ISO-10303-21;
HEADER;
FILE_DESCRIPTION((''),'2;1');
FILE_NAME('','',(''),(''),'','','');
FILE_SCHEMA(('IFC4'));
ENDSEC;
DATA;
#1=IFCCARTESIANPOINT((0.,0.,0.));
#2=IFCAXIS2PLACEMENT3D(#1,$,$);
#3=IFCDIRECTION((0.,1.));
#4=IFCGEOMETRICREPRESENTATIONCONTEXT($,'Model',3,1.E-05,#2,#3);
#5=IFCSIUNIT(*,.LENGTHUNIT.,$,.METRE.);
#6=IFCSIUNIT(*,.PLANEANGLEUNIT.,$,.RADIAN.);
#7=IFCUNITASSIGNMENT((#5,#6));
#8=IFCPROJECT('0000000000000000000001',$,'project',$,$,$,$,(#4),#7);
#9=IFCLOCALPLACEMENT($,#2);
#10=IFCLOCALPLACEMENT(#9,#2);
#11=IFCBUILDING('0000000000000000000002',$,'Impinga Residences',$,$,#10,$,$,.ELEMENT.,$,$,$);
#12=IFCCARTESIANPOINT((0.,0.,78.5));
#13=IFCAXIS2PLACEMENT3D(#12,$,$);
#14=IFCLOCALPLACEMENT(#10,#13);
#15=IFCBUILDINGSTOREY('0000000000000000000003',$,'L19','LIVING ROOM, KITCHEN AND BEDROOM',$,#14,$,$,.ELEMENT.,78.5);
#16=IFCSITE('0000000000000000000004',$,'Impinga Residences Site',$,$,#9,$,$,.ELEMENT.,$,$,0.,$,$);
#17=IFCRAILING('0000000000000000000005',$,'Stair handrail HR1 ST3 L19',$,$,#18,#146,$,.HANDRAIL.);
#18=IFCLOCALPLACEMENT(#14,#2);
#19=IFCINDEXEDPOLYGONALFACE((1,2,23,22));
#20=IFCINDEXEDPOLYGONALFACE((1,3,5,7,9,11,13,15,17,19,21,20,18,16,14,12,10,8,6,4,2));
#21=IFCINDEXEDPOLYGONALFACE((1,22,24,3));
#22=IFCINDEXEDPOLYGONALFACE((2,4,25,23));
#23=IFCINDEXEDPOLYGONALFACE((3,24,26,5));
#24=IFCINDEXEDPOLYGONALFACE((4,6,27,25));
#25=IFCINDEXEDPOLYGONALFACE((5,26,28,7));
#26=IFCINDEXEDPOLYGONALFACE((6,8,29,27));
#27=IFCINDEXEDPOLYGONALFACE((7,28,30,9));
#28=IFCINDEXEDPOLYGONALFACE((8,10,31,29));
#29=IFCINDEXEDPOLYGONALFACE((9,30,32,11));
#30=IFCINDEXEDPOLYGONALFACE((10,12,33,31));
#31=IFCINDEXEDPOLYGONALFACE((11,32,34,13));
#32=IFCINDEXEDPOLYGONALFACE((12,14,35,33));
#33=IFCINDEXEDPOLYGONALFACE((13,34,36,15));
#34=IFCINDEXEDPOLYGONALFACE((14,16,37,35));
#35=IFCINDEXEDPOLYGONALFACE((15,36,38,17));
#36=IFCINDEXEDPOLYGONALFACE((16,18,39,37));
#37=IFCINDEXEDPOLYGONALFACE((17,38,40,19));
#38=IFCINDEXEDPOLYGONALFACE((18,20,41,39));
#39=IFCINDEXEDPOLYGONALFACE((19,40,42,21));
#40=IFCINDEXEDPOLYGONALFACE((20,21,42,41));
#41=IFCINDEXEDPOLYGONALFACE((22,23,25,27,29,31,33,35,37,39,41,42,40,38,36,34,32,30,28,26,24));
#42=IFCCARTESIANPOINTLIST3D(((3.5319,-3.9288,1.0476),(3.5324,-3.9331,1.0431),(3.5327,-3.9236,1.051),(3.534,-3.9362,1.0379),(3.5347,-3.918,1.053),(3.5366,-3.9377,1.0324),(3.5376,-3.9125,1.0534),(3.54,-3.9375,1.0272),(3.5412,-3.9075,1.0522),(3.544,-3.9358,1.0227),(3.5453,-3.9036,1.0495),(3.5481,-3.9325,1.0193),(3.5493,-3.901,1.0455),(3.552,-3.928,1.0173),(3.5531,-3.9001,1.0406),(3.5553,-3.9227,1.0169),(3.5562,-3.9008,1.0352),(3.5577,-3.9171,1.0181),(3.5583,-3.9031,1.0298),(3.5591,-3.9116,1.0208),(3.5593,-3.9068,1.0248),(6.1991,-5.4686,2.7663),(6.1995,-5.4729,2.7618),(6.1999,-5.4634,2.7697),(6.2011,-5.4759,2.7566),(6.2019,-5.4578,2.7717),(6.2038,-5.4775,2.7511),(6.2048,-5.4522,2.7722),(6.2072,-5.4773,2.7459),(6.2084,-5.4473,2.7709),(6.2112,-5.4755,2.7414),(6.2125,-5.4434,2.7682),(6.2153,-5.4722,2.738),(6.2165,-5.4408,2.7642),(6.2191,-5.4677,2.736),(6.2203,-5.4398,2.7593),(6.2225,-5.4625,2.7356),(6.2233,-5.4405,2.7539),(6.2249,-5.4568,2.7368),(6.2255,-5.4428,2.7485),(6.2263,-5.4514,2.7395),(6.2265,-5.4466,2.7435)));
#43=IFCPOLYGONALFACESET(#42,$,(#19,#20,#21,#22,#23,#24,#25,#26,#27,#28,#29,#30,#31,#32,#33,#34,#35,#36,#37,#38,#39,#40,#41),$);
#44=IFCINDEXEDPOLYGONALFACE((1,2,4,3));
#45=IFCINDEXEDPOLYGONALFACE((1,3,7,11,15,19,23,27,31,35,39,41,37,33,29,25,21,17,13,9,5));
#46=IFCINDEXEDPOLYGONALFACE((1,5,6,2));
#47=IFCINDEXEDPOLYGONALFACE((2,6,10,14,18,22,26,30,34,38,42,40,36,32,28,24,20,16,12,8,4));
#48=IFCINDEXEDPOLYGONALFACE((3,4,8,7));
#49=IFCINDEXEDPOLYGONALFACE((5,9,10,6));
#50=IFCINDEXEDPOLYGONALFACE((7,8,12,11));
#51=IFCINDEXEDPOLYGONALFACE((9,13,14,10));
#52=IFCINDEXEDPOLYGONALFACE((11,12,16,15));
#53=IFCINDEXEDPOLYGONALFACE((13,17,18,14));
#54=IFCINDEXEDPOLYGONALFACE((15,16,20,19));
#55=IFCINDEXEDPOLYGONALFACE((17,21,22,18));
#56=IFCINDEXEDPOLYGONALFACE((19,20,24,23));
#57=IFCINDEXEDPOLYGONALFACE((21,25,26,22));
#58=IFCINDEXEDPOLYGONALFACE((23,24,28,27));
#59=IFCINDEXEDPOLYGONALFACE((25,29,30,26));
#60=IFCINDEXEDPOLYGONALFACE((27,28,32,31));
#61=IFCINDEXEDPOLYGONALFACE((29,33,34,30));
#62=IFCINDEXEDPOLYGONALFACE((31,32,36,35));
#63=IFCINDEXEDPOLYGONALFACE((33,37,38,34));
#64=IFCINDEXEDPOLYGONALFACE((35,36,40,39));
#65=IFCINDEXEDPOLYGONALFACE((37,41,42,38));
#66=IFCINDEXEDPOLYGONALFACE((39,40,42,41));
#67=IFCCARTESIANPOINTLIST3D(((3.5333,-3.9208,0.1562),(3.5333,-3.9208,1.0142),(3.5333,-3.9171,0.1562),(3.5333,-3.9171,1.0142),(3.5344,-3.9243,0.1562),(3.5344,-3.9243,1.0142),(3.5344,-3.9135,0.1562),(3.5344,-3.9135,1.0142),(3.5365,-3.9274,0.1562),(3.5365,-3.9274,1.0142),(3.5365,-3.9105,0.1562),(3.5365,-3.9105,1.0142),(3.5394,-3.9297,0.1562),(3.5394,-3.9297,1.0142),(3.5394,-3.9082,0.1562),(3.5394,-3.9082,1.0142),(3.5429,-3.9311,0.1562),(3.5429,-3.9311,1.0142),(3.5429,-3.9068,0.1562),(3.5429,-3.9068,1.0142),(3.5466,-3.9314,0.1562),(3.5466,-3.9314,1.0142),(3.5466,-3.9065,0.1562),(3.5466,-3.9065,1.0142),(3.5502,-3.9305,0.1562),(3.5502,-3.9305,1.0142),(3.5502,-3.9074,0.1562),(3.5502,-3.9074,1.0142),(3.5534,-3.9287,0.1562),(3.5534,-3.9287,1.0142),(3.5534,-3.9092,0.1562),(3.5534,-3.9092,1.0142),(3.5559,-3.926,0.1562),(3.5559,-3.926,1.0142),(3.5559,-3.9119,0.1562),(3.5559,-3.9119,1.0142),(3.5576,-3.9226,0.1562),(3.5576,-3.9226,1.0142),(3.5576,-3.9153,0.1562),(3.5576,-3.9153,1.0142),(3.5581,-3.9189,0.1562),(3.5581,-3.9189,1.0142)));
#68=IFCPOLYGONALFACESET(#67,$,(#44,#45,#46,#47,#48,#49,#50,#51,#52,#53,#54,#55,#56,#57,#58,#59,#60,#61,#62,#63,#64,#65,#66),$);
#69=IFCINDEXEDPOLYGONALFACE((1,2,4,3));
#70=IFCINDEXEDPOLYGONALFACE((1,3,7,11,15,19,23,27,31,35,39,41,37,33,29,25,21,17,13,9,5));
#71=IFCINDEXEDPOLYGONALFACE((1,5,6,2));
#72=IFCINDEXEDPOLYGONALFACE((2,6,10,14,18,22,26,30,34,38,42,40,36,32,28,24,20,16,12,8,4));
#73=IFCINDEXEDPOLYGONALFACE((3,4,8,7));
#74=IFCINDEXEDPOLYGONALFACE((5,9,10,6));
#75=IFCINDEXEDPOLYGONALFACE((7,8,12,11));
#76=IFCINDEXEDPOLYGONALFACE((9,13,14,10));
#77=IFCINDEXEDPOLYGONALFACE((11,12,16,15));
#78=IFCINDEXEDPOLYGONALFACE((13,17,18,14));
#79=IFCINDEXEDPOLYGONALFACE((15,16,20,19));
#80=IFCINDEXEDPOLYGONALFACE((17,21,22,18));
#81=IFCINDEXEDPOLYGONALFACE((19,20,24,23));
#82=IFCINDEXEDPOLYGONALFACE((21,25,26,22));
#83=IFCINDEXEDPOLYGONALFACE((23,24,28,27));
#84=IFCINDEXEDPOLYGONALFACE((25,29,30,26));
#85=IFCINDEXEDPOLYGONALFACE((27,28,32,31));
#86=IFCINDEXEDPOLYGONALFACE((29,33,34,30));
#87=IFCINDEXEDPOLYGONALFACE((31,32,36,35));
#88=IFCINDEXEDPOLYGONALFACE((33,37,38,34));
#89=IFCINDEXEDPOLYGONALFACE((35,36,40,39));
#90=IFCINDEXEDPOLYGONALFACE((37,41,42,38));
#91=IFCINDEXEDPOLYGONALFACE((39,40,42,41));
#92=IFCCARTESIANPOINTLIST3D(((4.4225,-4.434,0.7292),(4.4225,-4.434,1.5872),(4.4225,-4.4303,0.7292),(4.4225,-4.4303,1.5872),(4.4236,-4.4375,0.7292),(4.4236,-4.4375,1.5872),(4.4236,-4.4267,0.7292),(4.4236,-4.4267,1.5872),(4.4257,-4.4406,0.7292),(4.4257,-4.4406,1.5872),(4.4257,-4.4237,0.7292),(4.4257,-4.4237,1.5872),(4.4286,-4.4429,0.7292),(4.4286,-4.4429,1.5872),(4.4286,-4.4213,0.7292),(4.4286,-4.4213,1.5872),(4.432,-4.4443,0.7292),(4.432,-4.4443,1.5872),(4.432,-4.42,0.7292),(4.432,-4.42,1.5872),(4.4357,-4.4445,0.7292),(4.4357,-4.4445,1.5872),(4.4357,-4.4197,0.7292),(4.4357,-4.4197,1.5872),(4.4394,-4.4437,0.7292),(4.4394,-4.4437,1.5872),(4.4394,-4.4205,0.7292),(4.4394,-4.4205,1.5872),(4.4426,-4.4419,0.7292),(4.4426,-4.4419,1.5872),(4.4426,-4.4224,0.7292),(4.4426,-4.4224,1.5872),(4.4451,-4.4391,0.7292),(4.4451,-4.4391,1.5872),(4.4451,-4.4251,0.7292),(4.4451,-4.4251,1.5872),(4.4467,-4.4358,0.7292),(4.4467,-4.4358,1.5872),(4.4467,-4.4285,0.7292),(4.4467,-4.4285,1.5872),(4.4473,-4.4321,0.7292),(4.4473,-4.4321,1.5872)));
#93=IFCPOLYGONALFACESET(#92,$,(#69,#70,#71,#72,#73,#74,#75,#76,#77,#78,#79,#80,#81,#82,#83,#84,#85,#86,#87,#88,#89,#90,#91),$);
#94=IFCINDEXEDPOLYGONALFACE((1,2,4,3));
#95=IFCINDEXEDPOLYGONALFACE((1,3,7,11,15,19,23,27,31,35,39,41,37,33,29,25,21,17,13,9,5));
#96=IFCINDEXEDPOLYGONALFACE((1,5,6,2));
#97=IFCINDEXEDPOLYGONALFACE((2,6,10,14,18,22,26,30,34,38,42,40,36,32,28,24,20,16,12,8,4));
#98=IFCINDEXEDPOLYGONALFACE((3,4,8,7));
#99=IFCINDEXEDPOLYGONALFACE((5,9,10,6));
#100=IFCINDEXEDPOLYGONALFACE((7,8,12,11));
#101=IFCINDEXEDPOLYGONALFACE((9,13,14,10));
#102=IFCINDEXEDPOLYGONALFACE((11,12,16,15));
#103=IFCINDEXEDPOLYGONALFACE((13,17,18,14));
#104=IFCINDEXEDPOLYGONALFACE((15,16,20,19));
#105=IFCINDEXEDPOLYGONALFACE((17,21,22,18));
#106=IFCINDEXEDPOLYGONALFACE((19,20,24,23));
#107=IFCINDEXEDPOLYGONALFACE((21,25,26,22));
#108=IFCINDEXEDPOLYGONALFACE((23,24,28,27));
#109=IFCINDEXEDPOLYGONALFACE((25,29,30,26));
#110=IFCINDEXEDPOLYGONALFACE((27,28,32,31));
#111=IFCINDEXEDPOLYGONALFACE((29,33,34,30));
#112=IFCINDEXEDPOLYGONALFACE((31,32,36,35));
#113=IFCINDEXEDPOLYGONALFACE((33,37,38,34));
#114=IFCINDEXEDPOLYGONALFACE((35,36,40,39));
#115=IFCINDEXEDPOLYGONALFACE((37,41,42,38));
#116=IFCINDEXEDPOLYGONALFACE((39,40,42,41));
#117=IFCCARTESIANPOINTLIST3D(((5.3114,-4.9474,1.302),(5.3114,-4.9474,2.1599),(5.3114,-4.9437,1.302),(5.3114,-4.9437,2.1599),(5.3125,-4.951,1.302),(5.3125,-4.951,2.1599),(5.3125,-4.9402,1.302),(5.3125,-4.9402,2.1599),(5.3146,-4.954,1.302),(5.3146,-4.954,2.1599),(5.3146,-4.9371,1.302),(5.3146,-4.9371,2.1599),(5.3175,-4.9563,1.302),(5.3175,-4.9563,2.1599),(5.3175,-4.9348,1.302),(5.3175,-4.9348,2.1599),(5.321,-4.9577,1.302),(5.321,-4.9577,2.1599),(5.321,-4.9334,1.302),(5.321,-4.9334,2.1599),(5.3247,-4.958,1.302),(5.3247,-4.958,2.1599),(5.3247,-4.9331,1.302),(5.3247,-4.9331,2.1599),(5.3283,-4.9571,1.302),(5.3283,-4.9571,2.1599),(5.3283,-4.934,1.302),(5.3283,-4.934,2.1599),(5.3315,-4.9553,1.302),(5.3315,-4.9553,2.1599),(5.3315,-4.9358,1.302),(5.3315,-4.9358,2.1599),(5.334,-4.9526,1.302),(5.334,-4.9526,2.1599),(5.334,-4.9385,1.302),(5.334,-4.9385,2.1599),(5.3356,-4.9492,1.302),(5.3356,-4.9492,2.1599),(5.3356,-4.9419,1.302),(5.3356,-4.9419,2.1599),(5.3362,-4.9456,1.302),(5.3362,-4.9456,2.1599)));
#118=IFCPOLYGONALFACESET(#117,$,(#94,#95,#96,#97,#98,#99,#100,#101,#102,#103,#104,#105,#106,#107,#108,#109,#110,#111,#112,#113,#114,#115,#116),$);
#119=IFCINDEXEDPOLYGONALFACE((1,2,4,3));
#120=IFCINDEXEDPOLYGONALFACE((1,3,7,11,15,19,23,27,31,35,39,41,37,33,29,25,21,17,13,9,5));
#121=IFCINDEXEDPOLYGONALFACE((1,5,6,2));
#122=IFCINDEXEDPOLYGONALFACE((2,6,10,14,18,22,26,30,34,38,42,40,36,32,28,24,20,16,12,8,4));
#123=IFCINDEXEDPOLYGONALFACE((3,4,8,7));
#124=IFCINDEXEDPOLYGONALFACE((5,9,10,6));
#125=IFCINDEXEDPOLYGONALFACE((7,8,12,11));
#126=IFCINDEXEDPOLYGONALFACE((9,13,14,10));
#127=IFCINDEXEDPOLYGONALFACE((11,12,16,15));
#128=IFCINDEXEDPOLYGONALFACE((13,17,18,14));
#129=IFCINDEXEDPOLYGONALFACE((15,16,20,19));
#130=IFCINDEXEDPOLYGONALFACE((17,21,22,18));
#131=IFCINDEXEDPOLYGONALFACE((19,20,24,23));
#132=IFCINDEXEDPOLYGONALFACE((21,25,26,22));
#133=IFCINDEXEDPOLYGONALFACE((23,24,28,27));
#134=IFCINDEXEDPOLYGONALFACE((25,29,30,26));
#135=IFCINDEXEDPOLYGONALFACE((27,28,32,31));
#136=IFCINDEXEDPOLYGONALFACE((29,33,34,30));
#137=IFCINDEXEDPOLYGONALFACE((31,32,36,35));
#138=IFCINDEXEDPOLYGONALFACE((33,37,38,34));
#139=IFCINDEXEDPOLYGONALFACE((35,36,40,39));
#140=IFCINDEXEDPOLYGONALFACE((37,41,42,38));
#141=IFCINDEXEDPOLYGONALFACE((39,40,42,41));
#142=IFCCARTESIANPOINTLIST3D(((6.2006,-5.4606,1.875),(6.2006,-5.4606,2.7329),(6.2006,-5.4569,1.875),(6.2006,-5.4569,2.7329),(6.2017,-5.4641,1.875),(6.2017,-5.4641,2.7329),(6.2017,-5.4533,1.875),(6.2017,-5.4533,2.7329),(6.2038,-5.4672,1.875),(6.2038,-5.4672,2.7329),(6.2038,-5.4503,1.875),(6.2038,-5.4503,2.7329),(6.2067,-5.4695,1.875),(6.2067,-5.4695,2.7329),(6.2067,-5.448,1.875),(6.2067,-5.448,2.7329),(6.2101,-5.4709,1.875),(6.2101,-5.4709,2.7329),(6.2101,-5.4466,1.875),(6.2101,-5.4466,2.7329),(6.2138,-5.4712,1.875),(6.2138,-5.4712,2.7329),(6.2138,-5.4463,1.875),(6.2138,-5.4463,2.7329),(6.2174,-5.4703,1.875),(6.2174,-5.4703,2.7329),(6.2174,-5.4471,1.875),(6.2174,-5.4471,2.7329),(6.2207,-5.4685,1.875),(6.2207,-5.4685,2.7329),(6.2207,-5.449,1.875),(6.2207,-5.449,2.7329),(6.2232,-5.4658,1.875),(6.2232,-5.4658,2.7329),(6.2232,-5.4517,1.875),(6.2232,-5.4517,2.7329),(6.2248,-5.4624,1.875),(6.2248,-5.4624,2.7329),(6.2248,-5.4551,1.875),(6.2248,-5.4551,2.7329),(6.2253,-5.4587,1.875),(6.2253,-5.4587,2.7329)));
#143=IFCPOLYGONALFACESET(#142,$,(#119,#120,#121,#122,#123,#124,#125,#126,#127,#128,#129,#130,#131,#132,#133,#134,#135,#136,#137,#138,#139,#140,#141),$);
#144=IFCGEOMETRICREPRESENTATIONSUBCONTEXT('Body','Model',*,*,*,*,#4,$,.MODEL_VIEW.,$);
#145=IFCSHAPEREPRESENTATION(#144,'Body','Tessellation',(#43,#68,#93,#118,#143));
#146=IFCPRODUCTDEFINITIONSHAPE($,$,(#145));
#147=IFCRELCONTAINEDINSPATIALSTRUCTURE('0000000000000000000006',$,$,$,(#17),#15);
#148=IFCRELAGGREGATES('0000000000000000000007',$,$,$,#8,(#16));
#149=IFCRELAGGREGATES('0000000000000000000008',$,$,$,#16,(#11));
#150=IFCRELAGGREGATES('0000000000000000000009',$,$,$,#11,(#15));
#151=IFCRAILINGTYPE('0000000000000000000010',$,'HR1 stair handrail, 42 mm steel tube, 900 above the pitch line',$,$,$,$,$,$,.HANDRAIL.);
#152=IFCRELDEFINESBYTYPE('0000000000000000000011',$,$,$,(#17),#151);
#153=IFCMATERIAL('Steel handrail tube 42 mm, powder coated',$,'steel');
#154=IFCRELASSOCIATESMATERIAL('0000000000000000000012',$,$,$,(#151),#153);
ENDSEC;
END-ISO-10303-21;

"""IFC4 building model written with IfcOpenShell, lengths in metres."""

from ifc_helpers import new_model, si_unit, direction, frame, origin, origin_2d, place, context, subcontext, project, spatial, circle, extrude, material, type_object, element, save


model = new_model("IFC4")

# Units and contexts
model_context = context("Model", 3, precision=1e-05, world=origin(), true_north=direction((0.0, 1.0)))
body_context = subcontext(model_context, "Body", "Model", "MODEL_VIEW")
ifc_project = project(units=[si_unit("LENGTHUNIT", "METRE"), si_unit("PLANEANGLEUNIT", "RADIAN")], contexts=[model_context])

# Site, building, storey
site_placement = place(None, origin())
site = spatial("IfcSite", under=ifc_project, at=site_placement, Name="Impinga Residences Site", CompositionType="ELEMENT", RefElevation=0.0)
building_placement = place(site_placement, origin())
building = spatial("IfcBuilding", under=site, at=building_placement, Name="Impinga Residences", CompositionType="ELEMENT")
storey_placement = place(building_placement, frame((0.0, 0.0, 78.5)))
storey = spatial("IfcBuildingStorey", under=building, at=storey_placement, Name="L19", Description="LIVING ROOM, KITCHEN AND BEDROOM", CompositionType="ELEMENT", Elevation=78.5)

# Railing
ifc_material_1 = material(Name="Steel handrail tube 42 mm, powder coated", Category="steel")
railing_type = type_object("IfcRailingType", Name="HR1 stair handrail, 42 mm steel tube, 900 above the pitch line", PredefinedType="HANDRAIL", material=ifc_material_1)
railing_placement = place(storey_placement, frame((3.5457, -3.9189, 0.1562)))
element("IfcRailing", 1, at=railing_placement, inside=storey, type_object=railing_type, Name="Stair handrail HR1 ST3 L19", PredefinedType="HANDRAIL", context=body_context, shape_type="SweptSolid", body=[
    extrude(circle(Radius=0.021, at=origin_2d()), frame((0.0, 0.0, 0.8789), z_axis=(0.756249, -0.436582, 0.487322), x_axis=(0.499967, 0.866044, 0.0)), (0.0, 0.0, 1.0), 3.5269),
    extrude(circle(Radius=0.0125, at=origin_2d()), origin(), (0.0, 0.0, 1.0), 0.8579),
    extrude(circle(Radius=0.0125, at=origin_2d()), frame((0.8892, -0.5132, 0.573)), (0.0, 0.0, 1.0), 0.8579),
    extrude(circle(Radius=0.0125, at=origin_2d()), frame((1.7781, -1.0266, 1.1458)), (0.0, 0.0, 1.0), 0.8579),
    extrude(circle(Radius=0.0125, at=origin_2d()), frame((2.6672, -1.5398, 1.7188)), (0.0, 0.0, 1.0), 0.8579),
])

save(model, "model.ifc")
